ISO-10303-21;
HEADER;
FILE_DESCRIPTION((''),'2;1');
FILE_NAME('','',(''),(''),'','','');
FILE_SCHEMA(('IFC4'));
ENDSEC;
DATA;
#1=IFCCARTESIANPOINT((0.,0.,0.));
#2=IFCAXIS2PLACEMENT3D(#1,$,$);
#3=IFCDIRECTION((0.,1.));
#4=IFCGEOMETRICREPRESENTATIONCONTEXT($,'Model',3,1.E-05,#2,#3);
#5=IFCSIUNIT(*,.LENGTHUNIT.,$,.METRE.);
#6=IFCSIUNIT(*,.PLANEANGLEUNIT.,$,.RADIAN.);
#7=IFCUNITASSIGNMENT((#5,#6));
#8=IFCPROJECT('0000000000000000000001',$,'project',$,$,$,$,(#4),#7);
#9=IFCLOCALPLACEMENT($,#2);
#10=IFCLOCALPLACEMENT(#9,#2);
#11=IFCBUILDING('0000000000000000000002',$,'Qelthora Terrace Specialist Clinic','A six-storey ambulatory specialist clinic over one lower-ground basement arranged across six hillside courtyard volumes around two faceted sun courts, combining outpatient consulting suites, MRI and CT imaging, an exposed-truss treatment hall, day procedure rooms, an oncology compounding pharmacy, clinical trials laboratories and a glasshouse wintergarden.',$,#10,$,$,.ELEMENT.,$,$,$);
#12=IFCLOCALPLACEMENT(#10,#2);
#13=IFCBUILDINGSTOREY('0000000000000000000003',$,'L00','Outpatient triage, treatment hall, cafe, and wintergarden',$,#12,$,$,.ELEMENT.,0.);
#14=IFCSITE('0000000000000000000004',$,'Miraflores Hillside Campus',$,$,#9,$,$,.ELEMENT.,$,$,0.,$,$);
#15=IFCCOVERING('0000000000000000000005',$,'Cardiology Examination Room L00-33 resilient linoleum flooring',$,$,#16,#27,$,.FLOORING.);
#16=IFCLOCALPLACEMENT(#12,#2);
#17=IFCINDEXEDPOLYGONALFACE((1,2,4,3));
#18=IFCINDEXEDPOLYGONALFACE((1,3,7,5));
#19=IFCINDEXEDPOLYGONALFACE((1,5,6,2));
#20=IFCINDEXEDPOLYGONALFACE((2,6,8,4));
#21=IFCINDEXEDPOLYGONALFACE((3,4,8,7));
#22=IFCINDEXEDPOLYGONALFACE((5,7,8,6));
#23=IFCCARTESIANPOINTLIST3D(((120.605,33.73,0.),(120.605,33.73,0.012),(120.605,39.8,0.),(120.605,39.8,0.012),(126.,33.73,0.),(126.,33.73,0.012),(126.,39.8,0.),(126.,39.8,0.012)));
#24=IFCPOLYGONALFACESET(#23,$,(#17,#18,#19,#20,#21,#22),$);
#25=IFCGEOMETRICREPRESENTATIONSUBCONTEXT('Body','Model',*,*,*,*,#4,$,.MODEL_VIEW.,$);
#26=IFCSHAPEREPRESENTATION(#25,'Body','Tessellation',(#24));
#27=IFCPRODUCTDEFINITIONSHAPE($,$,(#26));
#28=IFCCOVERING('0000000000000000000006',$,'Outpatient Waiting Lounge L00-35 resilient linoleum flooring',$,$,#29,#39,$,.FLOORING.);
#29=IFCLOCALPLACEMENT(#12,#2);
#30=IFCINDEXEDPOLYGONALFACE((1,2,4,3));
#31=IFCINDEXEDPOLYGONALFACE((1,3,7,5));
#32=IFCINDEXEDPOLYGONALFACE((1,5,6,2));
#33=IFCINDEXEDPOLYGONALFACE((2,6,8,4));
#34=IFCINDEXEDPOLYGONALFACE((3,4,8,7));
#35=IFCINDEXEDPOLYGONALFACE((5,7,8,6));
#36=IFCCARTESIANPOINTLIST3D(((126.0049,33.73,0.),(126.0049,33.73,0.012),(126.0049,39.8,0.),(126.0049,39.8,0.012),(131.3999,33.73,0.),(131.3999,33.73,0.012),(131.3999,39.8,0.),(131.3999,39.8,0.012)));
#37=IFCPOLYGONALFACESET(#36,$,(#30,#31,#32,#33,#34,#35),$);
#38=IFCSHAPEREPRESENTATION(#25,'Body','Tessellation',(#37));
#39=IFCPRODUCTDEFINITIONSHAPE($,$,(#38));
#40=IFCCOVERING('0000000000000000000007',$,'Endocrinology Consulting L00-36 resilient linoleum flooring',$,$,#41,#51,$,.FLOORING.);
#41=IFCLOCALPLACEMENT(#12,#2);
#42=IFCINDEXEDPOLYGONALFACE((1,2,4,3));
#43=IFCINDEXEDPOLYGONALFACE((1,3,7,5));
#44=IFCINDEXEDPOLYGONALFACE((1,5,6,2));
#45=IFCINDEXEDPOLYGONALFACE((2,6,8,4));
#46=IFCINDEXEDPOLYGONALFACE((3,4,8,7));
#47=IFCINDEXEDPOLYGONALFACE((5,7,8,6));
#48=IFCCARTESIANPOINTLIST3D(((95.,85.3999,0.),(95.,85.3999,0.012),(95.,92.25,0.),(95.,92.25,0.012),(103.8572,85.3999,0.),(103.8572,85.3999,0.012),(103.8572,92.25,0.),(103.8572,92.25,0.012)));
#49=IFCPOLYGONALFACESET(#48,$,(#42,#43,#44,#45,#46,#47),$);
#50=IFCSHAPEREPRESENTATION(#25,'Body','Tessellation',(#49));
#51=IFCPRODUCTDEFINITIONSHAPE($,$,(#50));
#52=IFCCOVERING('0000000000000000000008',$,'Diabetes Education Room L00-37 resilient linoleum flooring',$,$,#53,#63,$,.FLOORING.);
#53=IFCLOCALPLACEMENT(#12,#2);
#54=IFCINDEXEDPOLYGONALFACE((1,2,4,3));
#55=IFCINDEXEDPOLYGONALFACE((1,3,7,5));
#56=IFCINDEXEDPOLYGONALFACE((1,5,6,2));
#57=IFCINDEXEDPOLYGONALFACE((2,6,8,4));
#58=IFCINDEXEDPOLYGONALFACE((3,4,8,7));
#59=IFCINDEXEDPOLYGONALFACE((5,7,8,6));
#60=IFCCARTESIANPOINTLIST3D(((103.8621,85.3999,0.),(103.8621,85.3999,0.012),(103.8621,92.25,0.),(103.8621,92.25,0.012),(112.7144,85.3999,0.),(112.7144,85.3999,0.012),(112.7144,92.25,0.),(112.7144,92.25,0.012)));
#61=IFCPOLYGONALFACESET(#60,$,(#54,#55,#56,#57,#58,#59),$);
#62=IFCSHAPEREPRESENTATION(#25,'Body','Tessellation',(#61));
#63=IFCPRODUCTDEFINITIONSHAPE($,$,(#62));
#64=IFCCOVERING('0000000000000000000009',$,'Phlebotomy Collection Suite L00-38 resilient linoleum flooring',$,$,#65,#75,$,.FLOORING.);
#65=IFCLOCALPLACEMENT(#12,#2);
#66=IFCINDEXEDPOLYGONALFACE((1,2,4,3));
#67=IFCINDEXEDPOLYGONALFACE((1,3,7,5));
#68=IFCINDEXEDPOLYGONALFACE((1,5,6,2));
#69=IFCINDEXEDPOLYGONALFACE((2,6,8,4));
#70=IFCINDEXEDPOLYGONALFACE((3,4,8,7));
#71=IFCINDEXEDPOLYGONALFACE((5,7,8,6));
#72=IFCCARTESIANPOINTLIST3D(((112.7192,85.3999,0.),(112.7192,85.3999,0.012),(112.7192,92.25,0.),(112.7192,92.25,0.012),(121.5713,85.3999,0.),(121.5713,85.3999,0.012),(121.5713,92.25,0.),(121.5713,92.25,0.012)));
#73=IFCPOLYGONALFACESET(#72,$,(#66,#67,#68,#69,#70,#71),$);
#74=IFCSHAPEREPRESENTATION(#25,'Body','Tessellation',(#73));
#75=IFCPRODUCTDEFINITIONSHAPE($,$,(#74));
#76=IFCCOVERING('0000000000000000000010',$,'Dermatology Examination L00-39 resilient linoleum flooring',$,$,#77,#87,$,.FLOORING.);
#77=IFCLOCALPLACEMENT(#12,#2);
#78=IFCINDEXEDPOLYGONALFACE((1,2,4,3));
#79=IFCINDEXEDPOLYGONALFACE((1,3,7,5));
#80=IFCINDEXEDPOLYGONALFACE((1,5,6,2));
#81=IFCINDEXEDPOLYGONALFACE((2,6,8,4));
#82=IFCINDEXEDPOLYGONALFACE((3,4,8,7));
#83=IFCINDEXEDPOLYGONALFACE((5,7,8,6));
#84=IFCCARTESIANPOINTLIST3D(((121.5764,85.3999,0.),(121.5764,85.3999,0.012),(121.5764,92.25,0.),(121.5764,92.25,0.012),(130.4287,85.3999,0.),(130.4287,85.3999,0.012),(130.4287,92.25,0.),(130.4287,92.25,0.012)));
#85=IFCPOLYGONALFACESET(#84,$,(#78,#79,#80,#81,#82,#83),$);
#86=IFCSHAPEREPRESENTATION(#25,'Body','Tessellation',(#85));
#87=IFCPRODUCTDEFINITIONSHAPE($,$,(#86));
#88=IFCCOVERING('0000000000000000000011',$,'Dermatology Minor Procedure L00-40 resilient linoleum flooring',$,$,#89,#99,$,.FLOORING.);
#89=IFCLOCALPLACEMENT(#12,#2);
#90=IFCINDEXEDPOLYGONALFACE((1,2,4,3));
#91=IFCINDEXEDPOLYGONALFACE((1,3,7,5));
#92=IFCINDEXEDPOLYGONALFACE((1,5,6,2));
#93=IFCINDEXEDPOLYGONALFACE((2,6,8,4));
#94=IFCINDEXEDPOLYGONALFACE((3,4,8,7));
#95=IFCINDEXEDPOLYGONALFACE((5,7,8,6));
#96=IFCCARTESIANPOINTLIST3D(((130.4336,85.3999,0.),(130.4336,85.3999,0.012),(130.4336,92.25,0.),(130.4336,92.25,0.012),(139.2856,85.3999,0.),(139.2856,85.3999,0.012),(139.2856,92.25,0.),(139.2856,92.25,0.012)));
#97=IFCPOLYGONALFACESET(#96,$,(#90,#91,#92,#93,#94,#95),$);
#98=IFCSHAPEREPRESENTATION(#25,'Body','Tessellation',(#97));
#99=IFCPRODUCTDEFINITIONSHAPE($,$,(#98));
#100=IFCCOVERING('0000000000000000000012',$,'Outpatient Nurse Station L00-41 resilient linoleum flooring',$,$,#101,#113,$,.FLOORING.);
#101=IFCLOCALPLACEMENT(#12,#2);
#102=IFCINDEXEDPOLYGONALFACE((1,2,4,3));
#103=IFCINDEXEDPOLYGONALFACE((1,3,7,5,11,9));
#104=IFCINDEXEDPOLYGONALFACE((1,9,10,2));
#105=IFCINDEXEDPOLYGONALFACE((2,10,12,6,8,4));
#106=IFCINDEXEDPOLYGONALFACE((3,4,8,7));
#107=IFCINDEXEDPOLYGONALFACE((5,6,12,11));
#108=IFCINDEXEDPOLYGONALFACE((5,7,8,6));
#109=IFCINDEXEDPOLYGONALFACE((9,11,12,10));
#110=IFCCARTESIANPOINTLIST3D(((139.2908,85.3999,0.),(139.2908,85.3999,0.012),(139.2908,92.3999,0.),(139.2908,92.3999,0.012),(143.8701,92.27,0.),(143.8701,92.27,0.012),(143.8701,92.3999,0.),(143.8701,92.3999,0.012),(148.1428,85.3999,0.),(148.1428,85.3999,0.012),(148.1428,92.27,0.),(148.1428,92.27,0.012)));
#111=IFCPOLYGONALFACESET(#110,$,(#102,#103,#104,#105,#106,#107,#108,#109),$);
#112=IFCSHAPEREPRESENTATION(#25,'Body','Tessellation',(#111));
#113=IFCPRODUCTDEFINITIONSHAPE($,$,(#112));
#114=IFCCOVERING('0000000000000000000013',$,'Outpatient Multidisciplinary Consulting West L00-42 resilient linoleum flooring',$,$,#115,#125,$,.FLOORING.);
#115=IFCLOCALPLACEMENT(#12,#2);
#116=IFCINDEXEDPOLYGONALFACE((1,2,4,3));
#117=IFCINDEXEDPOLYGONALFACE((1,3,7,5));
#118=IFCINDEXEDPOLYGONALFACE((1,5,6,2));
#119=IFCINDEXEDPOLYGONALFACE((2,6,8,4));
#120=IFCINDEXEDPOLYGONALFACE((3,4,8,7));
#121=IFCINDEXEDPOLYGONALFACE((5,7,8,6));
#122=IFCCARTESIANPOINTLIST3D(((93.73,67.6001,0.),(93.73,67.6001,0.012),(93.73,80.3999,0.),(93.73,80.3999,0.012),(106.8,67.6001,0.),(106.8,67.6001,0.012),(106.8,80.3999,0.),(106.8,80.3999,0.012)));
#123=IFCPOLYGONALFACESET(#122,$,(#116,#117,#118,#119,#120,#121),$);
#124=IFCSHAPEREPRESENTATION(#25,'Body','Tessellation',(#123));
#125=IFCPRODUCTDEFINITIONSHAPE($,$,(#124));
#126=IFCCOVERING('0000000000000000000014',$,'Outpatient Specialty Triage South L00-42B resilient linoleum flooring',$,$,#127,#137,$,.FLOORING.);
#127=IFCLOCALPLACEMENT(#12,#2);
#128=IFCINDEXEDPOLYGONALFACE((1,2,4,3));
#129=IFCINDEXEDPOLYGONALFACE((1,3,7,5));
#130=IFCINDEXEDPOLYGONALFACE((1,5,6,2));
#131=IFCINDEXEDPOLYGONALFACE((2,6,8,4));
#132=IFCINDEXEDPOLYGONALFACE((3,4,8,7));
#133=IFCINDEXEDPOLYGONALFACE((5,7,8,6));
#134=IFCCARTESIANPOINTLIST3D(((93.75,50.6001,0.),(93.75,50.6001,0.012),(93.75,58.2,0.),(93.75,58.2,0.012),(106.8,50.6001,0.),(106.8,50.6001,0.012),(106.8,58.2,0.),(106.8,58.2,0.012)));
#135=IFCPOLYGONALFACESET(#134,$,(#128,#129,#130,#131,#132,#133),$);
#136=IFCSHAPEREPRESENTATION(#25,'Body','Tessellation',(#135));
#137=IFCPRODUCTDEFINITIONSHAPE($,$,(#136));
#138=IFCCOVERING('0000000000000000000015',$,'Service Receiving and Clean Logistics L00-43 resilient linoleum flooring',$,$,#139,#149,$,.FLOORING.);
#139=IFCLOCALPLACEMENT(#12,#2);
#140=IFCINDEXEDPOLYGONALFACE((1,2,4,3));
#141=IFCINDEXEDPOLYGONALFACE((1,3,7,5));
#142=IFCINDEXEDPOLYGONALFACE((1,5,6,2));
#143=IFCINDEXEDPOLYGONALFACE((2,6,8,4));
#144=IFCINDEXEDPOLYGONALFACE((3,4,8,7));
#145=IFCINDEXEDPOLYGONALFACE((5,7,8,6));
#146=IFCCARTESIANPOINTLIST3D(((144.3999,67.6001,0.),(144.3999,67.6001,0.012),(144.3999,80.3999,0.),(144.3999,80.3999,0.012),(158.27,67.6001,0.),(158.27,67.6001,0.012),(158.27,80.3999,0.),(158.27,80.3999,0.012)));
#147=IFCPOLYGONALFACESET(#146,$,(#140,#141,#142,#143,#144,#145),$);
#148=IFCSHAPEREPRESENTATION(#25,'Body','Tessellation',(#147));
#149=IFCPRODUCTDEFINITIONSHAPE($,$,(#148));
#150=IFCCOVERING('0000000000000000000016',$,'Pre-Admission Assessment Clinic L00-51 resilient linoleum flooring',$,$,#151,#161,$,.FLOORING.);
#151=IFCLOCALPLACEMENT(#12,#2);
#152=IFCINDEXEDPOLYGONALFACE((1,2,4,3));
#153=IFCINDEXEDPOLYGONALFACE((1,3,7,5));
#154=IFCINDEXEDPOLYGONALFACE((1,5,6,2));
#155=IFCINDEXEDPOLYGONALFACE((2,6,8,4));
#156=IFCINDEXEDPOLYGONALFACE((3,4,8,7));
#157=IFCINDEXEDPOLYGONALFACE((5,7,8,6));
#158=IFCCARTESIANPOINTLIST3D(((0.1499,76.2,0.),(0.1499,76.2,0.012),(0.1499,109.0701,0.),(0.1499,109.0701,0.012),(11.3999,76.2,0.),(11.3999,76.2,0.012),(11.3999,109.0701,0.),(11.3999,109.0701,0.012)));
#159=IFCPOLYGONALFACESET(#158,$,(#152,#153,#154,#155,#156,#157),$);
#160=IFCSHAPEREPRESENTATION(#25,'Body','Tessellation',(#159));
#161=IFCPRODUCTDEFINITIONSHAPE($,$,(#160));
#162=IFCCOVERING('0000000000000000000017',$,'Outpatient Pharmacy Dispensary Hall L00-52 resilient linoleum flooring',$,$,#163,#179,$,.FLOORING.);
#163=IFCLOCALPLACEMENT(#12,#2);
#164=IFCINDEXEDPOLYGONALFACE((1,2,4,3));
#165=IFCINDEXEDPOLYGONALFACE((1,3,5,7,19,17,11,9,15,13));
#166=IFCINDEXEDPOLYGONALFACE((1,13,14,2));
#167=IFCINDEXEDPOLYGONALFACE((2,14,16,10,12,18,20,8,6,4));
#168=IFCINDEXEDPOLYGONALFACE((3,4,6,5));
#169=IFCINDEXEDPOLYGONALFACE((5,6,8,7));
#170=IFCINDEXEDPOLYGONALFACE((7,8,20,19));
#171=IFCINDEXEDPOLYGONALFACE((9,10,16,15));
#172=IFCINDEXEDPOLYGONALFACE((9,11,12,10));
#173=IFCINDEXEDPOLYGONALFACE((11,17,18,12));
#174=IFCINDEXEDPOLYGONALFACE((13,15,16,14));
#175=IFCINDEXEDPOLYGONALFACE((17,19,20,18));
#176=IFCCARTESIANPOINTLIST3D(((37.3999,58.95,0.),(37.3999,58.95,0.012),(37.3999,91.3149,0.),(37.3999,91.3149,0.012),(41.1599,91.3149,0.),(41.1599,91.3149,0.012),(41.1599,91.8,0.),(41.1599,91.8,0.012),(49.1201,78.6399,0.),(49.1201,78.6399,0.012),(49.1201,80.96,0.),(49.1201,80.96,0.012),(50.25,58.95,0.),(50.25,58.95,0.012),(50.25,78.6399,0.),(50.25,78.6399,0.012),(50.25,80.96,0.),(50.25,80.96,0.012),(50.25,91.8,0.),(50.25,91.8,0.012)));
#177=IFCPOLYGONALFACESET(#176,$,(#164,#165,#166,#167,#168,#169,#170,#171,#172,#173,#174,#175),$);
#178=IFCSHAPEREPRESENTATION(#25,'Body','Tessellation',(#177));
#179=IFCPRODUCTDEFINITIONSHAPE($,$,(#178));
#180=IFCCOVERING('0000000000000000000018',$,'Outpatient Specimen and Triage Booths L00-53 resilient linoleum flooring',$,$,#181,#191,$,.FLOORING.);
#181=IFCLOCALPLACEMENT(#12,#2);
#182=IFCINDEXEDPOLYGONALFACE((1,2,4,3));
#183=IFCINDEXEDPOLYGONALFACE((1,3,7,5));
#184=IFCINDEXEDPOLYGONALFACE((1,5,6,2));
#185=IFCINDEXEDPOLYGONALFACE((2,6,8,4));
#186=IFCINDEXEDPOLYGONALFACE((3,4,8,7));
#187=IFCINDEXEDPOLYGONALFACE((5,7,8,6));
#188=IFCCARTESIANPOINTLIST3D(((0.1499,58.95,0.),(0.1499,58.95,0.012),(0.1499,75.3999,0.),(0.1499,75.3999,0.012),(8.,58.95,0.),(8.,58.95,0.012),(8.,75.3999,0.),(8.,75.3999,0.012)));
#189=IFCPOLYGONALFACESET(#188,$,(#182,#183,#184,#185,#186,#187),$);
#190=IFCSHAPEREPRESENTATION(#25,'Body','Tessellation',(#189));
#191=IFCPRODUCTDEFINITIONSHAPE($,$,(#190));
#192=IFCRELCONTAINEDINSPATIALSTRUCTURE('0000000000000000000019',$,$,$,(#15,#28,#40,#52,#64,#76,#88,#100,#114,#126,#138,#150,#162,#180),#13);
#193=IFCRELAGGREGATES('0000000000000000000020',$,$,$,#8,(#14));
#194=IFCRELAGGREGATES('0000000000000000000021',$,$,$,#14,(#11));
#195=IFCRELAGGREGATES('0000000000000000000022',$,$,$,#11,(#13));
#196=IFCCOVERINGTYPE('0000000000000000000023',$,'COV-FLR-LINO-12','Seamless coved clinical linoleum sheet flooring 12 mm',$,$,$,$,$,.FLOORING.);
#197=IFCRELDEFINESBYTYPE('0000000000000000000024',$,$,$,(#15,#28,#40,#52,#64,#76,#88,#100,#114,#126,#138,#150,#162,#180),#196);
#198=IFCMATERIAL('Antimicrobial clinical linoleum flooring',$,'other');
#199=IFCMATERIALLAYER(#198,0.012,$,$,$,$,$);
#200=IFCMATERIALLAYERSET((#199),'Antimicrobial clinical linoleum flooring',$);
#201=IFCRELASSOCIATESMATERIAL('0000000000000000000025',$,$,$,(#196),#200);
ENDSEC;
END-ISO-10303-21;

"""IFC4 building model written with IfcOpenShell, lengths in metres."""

from ifc_helpers import new_model, si_unit, direction, origin, place, context, subcontext, project, spatial, polyline, outline, extrude, material, layer, layer_set, type_object, element, save


model = new_model("IFC4")

# Units and contexts
model_context = context("Model", 3, precision=1e-05, world=origin(), true_north=direction((0.0, 1.0)))
body_context = subcontext(model_context, "Body", "Model", "MODEL_VIEW")
ifc_project = project(units=[si_unit("LENGTHUNIT", "METRE"), si_unit("PLANEANGLEUNIT", "RADIAN")], contexts=[model_context])

# Site, building, storey
site_placement = place(None, origin())
site = spatial("IfcSite", under=ifc_project, at=site_placement, Name="Miraflores Hillside Campus", CompositionType="ELEMENT", RefElevation=0.0)
building_placement = place(site_placement, origin())
building = spatial("IfcBuilding", under=site, at=building_placement, Name="Qelthora Terrace Specialist Clinic", Description="A six-storey ambulatory specialist clinic over one lower-ground basement arranged across six hillside courtyard volumes around two faceted sun courts, combining outpatient consulting suites, MRI and CT imaging, an exposed-truss treatment hall, day procedure rooms, an oncology compounding pharmacy, clinical trials laboratories and a glasshouse wintergarden.", CompositionType="ELEMENT")
storey_placement = place(building_placement, origin())
storey = spatial("IfcBuildingStorey", under=building, at=storey_placement, Name="L00", Description="Outpatient triage, treatment hall, cafe, and wintergarden", CompositionType="ELEMENT", Elevation=0.0)

# Coverings
ifc_material_1 = material(Name="Antimicrobial clinical linoleum flooring", Category="other")
ifc_layer_1 = layer(ifc_material_1, 0.012)
ifc_layer_set_1 = layer_set([ifc_layer_1], Name="Antimicrobial clinical linoleum flooring")
covering_type = type_object("IfcCoveringType", Name="COV-FLR-LINO-12", Description="Seamless coved clinical linoleum sheet flooring 12 mm", PredefinedType="FLOORING", material=ifc_layer_set_1)
covering_1_placement = place(storey_placement, origin())
element("IfcCovering", 1, at=covering_1_placement, inside=storey, type_object=covering_type, Name="Cardiology Examination Room L00-33 resilient linoleum flooring", PredefinedType="FLOORING", context=body_context, shape_type="SweptSolid", body=[
    extrude(outline(polyline([(120.605, 39.8), (126.0, 39.8), (126.0, 33.73), (120.605, 33.73), (120.605, 39.8)])), origin(), (0.0, 0.0, 1.0), 0.012),
])
covering_2_placement = place(storey_placement, origin())
element("IfcCovering", 2, at=covering_2_placement, inside=storey, type_object=covering_type, Name="Outpatient Waiting Lounge L00-35 resilient linoleum flooring", PredefinedType="FLOORING", context=body_context, shape_type="SweptSolid", body=[
    extrude(outline(polyline([(126.0049, 39.8), (131.3999, 39.8), (131.3999, 33.73), (126.0049, 33.73), (126.0049, 39.8)])), origin(), (0.0, 0.0, 1.0), 0.012),
])
covering_3_placement = place(storey_placement, origin())
element("IfcCovering", 3, at=covering_3_placement, inside=storey, type_object=covering_type, Name="Endocrinology Consulting L00-36 resilient linoleum flooring", PredefinedType="FLOORING", context=body_context, shape_type="SweptSolid", body=[
    extrude(outline(polyline([(95.0, 85.3999), (95.0, 92.25), (103.8572, 92.25), (103.8572, 85.3999), (95.0, 85.3999)])), origin(), (0.0, 0.0, 1.0), 0.012),
])
covering_4_placement = place(storey_placement, origin())
element("IfcCovering", 4, at=covering_4_placement, inside=storey, type_object=covering_type, Name="Diabetes Education Room L00-37 resilient linoleum flooring", PredefinedType="FLOORING", context=body_context, shape_type="SweptSolid", body=[
    extrude(outline(polyline([(103.8621, 85.3999), (103.8621, 92.25), (112.7144, 92.25), (112.7144, 85.3999), (103.8621, 85.3999)])), origin(), (0.0, 0.0, 1.0), 0.012),
])
covering_5_placement = place(storey_placement, origin())
element("IfcCovering", 5, at=covering_5_placement, inside=storey, type_object=covering_type, Name="Phlebotomy Collection Suite L00-38 resilient linoleum flooring", PredefinedType="FLOORING", context=body_context, shape_type="SweptSolid", body=[
    extrude(outline(polyline([(112.7192, 85.3999), (112.7192, 92.25), (121.5713, 92.25), (121.5713, 85.3999), (112.7192, 85.3999)])), origin(), (0.0, 0.0, 1.0), 0.012),
])
covering_6_placement = place(storey_placement, origin())
element("IfcCovering", 6, at=covering_6_placement, inside=storey, type_object=covering_type, Name="Dermatology Examination L00-39 resilient linoleum flooring", PredefinedType="FLOORING", context=body_context, shape_type="SweptSolid", body=[
    extrude(outline(polyline([(121.5764, 85.3999), (121.5764, 92.25), (130.4287, 92.25), (130.4287, 85.3999), (121.5764, 85.3999)])), origin(), (0.0, 0.0, 1.0), 0.012),
])
covering_7_placement = place(storey_placement, origin())
element("IfcCovering", 7, at=covering_7_placement, inside=storey, type_object=covering_type, Name="Dermatology Minor Procedure L00-40 resilient linoleum flooring", PredefinedType="FLOORING", context=body_context, shape_type="SweptSolid", body=[
    extrude(outline(polyline([(130.4336, 85.3999), (130.4336, 92.25), (139.2856, 92.25), (139.2856, 85.3999), (130.4336, 85.3999)])), origin(), (0.0, 0.0, 1.0), 0.012),
])
covering_8_placement = place(storey_placement, origin())
element("IfcCovering", 8, at=covering_8_placement, inside=storey, type_object=covering_type, Name="Outpatient Nurse Station L00-41 resilient linoleum flooring", PredefinedType="FLOORING", context=body_context, shape_type="SweptSolid", body=[
    extrude(outline(polyline([(143.8701, 92.3999), (143.8701, 92.27), (148.1428, 92.27), (148.1428, 85.3999), (139.2908, 85.3999), (139.2908, 92.3999), (143.8701, 92.3999)])), origin(), (0.0, 0.0, 1.0), 0.012),
])
covering_9_placement = place(storey_placement, origin())
element("IfcCovering", 9, at=covering_9_placement, inside=storey, type_object=covering_type, Name="Outpatient Multidisciplinary Consulting West L00-42 resilient linoleum flooring", PredefinedType="FLOORING", context=body_context, shape_type="SweptSolid", body=[
    extrude(outline(polyline([(106.8, 80.3999), (106.8, 67.6001), (93.73, 67.6001), (93.73, 80.3999), (106.8, 80.3999)])), origin(), (0.0, 0.0, 1.0), 0.012),
])
covering_10_placement = place(storey_placement, origin())
element("IfcCovering", 10, at=covering_10_placement, inside=storey, type_object=covering_type, Name="Outpatient Specialty Triage South L00-42B resilient linoleum flooring", PredefinedType="FLOORING", context=body_context, shape_type="SweptSolid", body=[
    extrude(outline(polyline([(93.75, 50.6001), (93.75, 58.2), (106.8, 58.2), (106.8, 50.6001), (93.75, 50.6001)])), origin(), (0.0, 0.0, 1.0), 0.012),
])
covering_11_placement = place(storey_placement, origin())
element("IfcCovering", 11, at=covering_11_placement, inside=storey, type_object=covering_type, Name="Service Receiving and Clean Logistics L00-43 resilient linoleum flooring", PredefinedType="FLOORING", context=body_context, shape_type="SweptSolid", body=[
    extrude(outline(polyline([(144.3999, 67.6001), (144.3999, 80.3999), (158.27, 80.3999), (158.27, 67.6001), (144.3999, 67.6001)])), origin(), (0.0, 0.0, 1.0), 0.012),
])
covering_12_placement = place(storey_placement, origin())
element("IfcCovering", 12, at=covering_12_placement, inside=storey, type_object=covering_type, Name="Pre-Admission Assessment Clinic L00-51 resilient linoleum flooring", PredefinedType="FLOORING", context=body_context, shape_type="SweptSolid", body=[
    extrude(outline(polyline([(11.3999, 76.2), (0.1499, 76.2), (0.1499, 109.0701), (11.3999, 109.0701), (11.3999, 76.2)])), origin(), (0.0, 0.0, 1.0), 0.012),
])
covering_13_placement = place(storey_placement, origin())
element("IfcCovering", 13, at=covering_13_placement, inside=storey, type_object=covering_type, Name="Outpatient Pharmacy Dispensary Hall L00-52 resilient linoleum flooring", PredefinedType="FLOORING", context=body_context, shape_type="SweptSolid", body=[
    extrude(outline(polyline([(41.1599, 91.3149), (41.1599, 91.8), (50.25, 91.8), (50.25, 80.96), (49.1201, 80.96), (49.1201, 78.6399), (50.25, 78.6399), (50.25, 58.95), (37.3999, 58.95), (37.3999, 91.3149), (41.1599, 91.3149)])), origin(), (0.0, 0.0, 1.0), 0.012),
])
covering_14_placement = place(storey_placement, origin())
element("IfcCovering", 14, at=covering_14_placement, inside=storey, type_object=covering_type, Name="Outpatient Specimen and Triage Booths L00-53 resilient linoleum flooring", PredefinedType="FLOORING", context=body_context, shape_type="SweptSolid", body=[
    extrude(outline(polyline([(0.1499, 58.95), (0.1499, 75.3999), (8.0, 75.3999), (8.0, 58.95), (0.1499, 58.95)])), origin(), (0.0, 0.0, 1.0), 0.012),
])

save(model, "model.ifc")
